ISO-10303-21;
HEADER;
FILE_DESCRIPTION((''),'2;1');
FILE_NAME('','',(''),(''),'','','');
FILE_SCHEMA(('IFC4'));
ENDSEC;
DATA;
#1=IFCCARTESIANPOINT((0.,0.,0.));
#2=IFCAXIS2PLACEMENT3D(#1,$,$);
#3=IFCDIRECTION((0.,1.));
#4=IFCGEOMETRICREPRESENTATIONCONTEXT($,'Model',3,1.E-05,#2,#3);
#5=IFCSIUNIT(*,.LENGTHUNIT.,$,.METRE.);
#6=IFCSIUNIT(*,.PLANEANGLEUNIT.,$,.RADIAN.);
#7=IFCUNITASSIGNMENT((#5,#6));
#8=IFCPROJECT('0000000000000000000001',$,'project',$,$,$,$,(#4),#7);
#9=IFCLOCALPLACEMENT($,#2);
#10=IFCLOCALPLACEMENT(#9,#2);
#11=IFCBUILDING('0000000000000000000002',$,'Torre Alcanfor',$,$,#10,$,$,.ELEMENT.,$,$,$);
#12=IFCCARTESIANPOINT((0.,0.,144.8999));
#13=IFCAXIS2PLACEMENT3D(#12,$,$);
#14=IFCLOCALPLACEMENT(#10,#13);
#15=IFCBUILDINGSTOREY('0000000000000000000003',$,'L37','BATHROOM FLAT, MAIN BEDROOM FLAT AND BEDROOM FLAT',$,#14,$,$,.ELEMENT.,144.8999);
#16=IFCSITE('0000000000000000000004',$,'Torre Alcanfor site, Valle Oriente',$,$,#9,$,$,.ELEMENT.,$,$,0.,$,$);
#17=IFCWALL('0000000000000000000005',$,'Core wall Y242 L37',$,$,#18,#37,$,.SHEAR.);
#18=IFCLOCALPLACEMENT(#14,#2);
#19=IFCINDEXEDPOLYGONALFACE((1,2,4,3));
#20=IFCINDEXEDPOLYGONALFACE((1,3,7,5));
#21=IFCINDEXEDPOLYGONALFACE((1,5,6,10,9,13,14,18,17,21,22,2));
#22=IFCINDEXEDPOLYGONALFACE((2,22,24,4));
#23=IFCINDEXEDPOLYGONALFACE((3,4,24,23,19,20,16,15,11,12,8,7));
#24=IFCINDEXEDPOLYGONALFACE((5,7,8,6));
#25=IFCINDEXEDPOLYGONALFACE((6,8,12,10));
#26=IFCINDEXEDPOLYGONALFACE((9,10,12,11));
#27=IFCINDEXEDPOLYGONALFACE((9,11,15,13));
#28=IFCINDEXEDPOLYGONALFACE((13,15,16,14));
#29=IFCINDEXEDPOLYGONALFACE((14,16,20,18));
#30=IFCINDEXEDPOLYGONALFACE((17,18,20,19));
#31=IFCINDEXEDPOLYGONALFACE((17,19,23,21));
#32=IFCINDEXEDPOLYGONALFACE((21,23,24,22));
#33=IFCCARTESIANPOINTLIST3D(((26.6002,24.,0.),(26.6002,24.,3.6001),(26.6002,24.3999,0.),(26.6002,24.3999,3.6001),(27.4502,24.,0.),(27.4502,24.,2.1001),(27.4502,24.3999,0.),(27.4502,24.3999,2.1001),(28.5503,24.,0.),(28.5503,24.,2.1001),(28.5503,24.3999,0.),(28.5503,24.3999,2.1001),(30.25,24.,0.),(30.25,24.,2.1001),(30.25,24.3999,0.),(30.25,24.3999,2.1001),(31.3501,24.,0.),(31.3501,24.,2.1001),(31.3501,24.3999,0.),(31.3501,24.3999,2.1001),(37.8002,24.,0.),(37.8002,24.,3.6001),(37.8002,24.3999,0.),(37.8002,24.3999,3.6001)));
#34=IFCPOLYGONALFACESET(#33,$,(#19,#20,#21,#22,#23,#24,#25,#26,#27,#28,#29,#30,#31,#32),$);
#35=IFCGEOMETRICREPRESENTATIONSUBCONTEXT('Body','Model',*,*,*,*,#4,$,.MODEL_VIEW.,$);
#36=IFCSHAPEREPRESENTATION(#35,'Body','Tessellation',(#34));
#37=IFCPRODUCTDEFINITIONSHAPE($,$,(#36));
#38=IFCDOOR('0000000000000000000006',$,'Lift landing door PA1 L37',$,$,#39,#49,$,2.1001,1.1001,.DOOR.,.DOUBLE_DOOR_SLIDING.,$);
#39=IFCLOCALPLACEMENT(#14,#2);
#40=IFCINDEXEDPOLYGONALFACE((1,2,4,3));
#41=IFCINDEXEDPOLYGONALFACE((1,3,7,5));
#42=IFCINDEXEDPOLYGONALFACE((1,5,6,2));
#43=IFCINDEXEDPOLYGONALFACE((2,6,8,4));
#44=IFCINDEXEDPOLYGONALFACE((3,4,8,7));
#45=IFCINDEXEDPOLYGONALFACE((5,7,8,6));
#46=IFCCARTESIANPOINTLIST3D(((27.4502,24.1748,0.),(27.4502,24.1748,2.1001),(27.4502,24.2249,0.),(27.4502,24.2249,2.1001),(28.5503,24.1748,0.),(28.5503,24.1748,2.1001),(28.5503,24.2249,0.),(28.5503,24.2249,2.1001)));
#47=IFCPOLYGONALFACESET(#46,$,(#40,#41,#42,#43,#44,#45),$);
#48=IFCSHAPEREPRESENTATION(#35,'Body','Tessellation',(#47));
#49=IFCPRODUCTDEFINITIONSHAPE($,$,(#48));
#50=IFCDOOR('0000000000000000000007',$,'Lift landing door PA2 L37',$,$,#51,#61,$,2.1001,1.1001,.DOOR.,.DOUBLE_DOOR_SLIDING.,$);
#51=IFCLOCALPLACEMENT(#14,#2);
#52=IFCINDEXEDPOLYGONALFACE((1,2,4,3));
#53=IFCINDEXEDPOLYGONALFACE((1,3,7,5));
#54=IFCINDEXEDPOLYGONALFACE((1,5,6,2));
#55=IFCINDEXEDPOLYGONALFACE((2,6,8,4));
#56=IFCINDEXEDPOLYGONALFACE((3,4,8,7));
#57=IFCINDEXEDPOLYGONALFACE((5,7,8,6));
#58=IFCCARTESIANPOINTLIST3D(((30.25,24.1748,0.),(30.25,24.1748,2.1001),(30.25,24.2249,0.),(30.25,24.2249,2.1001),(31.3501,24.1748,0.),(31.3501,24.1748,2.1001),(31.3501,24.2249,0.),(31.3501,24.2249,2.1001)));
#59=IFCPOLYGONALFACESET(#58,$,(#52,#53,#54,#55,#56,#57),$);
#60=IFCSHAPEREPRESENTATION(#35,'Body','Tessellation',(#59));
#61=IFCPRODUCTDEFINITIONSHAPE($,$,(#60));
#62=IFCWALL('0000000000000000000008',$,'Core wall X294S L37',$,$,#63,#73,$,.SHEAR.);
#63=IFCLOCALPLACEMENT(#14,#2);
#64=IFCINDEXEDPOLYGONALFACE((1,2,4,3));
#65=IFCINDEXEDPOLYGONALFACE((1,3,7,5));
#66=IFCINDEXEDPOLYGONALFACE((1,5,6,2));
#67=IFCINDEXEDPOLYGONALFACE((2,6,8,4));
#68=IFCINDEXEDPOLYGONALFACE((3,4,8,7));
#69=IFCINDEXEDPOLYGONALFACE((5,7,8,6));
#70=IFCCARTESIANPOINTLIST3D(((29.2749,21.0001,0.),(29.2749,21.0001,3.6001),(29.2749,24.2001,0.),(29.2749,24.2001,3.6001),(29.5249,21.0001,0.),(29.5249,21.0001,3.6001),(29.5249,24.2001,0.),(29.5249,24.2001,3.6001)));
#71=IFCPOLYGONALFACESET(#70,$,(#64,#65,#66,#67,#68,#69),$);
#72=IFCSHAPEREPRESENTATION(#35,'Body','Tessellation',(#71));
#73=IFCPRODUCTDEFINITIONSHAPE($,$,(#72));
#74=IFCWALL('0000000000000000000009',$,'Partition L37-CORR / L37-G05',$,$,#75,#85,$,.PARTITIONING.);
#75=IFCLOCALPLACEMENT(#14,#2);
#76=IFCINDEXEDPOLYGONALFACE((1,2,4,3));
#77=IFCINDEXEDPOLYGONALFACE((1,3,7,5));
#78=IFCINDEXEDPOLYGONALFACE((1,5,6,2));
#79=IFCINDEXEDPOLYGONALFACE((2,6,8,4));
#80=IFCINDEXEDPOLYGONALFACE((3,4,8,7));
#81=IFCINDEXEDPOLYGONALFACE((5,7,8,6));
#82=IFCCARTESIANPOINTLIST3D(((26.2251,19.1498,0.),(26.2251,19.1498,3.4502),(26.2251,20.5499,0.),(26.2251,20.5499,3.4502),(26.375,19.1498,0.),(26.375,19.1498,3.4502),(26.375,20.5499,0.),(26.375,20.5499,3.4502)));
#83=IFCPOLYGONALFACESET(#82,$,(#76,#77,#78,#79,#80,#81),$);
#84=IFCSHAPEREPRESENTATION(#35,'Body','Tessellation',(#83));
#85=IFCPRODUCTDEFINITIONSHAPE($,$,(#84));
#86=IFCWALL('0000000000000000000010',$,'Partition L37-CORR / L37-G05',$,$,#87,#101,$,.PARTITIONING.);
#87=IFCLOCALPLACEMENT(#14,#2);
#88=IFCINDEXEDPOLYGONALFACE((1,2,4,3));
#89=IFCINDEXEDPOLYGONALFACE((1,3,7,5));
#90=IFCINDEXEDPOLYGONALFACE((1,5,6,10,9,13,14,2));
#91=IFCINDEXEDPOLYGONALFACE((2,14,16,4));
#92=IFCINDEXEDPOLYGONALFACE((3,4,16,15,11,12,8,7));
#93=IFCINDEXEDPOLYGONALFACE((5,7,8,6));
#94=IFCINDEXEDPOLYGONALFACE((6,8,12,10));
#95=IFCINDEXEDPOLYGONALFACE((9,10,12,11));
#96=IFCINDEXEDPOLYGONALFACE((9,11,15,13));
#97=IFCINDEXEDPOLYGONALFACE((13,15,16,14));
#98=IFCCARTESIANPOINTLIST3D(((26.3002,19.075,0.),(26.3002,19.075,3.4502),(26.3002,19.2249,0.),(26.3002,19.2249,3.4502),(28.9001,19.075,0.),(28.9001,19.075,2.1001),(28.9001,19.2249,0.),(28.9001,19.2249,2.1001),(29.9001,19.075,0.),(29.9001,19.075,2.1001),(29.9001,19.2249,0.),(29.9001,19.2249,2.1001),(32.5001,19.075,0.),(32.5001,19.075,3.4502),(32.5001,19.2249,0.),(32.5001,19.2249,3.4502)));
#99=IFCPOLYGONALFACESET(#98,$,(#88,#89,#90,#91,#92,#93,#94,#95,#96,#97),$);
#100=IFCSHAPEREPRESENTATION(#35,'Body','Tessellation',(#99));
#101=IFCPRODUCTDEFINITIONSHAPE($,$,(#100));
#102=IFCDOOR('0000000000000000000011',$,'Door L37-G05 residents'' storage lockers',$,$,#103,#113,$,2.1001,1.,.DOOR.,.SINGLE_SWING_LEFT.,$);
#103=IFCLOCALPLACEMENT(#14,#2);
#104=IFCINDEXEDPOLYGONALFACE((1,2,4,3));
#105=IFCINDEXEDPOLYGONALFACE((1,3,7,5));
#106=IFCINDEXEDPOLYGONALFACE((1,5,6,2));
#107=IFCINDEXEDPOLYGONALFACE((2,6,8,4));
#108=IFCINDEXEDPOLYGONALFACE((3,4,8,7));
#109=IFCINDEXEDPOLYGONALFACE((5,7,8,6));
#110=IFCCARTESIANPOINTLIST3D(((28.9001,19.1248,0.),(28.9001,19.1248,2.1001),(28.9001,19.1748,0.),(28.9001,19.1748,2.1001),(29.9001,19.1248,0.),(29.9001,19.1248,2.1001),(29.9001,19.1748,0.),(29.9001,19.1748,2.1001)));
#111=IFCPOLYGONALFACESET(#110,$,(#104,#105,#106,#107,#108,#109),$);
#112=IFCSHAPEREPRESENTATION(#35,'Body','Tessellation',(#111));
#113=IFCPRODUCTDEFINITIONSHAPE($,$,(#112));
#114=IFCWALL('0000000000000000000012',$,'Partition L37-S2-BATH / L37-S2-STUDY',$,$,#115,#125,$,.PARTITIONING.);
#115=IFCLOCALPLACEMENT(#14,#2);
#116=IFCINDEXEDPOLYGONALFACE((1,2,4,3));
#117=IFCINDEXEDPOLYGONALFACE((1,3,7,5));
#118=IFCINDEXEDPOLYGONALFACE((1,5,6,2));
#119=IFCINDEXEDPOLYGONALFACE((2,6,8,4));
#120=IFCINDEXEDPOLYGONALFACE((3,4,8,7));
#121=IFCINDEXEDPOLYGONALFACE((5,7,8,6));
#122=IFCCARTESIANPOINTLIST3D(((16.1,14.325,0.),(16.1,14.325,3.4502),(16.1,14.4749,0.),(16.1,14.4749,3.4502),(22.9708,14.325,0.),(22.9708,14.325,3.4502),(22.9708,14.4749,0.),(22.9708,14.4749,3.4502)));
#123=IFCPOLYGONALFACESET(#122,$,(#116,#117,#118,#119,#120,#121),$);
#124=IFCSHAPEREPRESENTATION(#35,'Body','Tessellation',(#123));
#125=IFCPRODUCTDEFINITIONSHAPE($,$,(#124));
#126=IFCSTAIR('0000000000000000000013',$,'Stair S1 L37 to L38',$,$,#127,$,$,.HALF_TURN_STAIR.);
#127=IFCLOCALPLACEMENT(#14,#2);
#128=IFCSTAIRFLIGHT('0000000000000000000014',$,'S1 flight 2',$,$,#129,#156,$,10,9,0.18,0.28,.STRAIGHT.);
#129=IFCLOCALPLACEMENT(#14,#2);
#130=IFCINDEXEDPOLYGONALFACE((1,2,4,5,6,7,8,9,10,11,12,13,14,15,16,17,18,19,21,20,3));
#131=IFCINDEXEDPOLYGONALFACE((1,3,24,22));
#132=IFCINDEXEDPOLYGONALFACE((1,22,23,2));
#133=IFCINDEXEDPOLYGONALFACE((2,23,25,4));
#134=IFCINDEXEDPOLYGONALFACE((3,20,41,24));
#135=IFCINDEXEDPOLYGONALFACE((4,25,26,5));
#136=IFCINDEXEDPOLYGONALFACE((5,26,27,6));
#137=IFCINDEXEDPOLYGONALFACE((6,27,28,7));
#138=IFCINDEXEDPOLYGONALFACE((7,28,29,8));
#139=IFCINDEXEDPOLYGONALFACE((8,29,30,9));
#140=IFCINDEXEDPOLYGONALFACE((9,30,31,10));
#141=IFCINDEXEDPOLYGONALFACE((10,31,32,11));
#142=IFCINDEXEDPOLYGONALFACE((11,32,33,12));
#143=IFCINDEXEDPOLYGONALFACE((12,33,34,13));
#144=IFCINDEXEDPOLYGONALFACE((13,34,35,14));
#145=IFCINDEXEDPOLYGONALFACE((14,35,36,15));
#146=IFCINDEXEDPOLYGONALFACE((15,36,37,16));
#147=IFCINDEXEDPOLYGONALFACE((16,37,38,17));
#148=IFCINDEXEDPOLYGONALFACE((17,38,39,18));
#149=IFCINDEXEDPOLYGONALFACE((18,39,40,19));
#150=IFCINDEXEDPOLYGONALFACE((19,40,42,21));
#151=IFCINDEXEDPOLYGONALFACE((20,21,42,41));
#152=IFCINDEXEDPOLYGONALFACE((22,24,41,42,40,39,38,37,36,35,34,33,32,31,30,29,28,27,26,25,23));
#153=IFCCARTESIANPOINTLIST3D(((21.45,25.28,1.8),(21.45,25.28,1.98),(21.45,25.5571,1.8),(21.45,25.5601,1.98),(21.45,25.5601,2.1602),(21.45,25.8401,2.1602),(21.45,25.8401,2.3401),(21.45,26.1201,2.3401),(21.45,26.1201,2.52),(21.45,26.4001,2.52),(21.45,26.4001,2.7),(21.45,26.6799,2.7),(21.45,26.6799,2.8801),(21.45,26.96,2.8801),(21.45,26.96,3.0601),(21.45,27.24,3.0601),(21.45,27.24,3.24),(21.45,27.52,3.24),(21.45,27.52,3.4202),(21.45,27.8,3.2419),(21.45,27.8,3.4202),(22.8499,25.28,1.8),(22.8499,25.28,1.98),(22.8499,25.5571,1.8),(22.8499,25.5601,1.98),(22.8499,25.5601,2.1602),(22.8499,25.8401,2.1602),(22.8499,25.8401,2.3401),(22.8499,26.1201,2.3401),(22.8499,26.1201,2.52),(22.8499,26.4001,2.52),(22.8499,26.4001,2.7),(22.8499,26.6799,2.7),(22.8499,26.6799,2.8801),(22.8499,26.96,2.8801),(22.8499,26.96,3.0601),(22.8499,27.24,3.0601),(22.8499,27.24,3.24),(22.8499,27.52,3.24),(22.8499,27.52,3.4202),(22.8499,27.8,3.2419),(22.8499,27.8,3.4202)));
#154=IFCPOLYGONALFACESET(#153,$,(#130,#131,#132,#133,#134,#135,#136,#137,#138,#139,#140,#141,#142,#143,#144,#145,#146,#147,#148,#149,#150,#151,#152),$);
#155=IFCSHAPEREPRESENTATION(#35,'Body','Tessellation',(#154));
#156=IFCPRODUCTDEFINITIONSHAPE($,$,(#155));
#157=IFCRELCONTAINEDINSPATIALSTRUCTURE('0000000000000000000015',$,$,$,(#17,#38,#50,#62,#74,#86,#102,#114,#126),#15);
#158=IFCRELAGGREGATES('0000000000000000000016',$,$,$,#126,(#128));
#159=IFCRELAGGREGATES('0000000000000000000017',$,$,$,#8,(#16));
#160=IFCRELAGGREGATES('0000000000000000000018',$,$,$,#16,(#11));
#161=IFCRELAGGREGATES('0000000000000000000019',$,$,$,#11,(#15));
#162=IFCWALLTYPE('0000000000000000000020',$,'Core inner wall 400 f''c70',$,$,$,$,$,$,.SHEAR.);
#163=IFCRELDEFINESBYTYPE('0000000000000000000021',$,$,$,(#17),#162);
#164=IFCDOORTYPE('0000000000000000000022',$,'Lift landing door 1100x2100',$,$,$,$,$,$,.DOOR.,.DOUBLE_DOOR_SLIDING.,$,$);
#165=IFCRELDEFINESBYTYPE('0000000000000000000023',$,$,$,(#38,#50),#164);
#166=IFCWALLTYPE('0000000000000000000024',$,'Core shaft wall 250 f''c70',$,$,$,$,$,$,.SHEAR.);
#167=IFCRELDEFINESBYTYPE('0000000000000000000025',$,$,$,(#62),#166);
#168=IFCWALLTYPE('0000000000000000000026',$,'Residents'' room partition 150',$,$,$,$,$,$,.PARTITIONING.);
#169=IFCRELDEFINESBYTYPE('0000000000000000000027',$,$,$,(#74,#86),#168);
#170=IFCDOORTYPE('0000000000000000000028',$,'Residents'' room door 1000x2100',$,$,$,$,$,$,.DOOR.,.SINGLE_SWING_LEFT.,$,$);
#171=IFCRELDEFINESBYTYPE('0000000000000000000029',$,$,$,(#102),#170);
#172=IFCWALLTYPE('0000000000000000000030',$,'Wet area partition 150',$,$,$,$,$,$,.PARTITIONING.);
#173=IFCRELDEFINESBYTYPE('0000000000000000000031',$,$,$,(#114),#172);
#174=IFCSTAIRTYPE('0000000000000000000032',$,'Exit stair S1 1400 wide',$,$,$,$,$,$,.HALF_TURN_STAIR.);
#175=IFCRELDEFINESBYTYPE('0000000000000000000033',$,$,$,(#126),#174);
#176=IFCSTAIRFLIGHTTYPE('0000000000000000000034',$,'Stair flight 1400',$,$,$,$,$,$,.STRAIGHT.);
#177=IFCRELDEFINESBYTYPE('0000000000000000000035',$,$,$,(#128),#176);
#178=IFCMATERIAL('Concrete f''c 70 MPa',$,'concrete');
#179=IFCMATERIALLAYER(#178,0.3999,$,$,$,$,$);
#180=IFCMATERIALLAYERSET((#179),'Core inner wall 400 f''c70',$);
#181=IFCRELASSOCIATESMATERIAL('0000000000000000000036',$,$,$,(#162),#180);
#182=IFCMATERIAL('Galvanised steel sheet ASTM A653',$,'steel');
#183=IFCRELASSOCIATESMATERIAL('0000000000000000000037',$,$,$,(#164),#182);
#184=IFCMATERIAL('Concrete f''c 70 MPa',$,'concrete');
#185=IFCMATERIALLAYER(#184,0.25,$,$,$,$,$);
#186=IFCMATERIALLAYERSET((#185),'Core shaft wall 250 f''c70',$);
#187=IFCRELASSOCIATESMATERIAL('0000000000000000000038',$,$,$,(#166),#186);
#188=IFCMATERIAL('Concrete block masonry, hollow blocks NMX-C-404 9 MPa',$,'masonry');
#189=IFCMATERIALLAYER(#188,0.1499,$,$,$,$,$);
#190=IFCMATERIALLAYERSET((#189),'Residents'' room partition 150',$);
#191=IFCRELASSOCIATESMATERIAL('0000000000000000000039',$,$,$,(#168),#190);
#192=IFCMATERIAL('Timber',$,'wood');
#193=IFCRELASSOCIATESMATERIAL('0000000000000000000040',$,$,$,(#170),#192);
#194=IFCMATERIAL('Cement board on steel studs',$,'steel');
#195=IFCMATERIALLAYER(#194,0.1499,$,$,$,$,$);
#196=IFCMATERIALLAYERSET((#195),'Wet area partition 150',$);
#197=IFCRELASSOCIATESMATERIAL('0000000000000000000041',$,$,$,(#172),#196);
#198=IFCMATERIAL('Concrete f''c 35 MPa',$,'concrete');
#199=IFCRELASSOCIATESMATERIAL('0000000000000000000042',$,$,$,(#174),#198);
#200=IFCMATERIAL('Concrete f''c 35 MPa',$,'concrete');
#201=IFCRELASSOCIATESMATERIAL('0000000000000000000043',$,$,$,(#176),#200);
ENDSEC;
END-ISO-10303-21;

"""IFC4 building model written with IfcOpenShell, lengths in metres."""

from ifc_helpers import new_model, si_unit, direction, frame, frame_2d, origin, place, context, subcontext, project, spatial, polyline, rectangle, outline, extrude, material, layer, layer_set, type_object, element, fill, aggregate, save


model = new_model("IFC4")

# Units and contexts
model_context = context("Model", 3, precision=1e-05, world=origin(), true_north=direction((0.0, 1.0)))
body_context = subcontext(model_context, "Body", "Model", "MODEL_VIEW")
ifc_project = project(units=[si_unit("LENGTHUNIT", "METRE"), si_unit("PLANEANGLEUNIT", "RADIAN")], contexts=[model_context])

# Site, building, storey
site_placement = place(None, origin())
site = spatial("IfcSite", under=ifc_project, at=site_placement, Name="Torre Alcanfor site, Valle Oriente", CompositionType="ELEMENT", RefElevation=0.0)
building_placement = place(site_placement, origin())
building = spatial("IfcBuilding", under=site, at=building_placement, Name="Torre Alcanfor", CompositionType="ELEMENT")
storey_placement = place(building_placement, frame((0.0, 0.0, 144.8999)))
storey = spatial("IfcBuildingStorey", under=building, at=storey_placement, Name="L37", Description="BATHROOM FLAT, MAIN BEDROOM FLAT AND BEDROOM FLAT", CompositionType="ELEMENT", Elevation=144.8999)

# Shared definitions
ifc_material_1 = material(Name="Concrete f'c 70 MPa", Category="concrete")
ifc_layer_1 = layer(ifc_material_1, 0.3999)
ifc_layer_set_1 = layer_set([ifc_layer_1], Name="Core inner wall 400 f'c70")
wall_type_1 = type_object("IfcWallType", Name="Core inner wall 400 f'c70", PredefinedType="SHEAR", material=ifc_layer_set_1)

# Wall, openings, doors
wall_1_placement = place(storey_placement, frame((26.6001, 24.2, 0.0), z_axis=(0.0, 0.0, 1.0), x_axis=(1.0, 0.0, 0.0)))
wall_1 = element("IfcWall", 1, at=wall_1_placement, inside=storey, type_object=wall_type_1, Name="Core wall Y242 L37", PredefinedType="SHEAR", context=body_context, shape_type="SweptSolid", body=[
    extrude(rectangle(XDim=11.2, YDim=0.3999, at=frame_2d((5.6001, 0.0))), origin(), (0.0, 0.0, 1.0), 3.6001),
])
opening_1_placement = place(wall_1_placement, frame((0.8501, 0.0, 0.0)))
opening_1 = element("IfcOpeningElement", 2, at=opening_1_placement, cuts=wall_1, PredefinedType="OPENING", context=body_context, shape_type="SweptSolid", body=[
    extrude(rectangle(XDim=1.1001, YDim=2.1001, at=frame_2d((0.55, 1.05))), frame((0.0, 0.21, 0.0), z_axis=(0.0, -1.0, 0.0), x_axis=(1.0, 0.0, 0.0)), (0.0, 0.0, 1.0), 0.4199),
])
opening_2_placement = place(wall_1_placement, frame((3.6499, 0.0, 0.0)))
opening_2 = element("IfcOpeningElement", 3, at=opening_2_placement, cuts=wall_1, PredefinedType="OPENING", context=body_context, shape_type="SweptSolid", body=[
    extrude(rectangle(XDim=1.1001, YDim=2.1001, at=frame_2d((0.55, 1.05))), frame((0.0, 0.21, 0.0), z_axis=(0.0, -1.0, 0.0), x_axis=(1.0, 0.0, 0.0)), (0.0, 0.0, 1.0), 0.4199),
])
ifc_material_2 = material(Name="Galvanised steel sheet ASTM A653", Category="steel")
door_type_1 = type_object("IfcDoorType", Name="Lift landing door 1100x2100", OperationType="DOUBLE_DOOR_SLIDING", PredefinedType="DOOR", material=ifc_material_2)
door_1_placement = place(opening_1_placement, origin())
door_1 = element("IfcDoor", 4, at=door_1_placement, inside=storey, type_object=door_type_1, Name="Lift landing door PA1 L37", OperationType="DOUBLE_DOOR_SLIDING", OverallHeight=2.1001, OverallWidth=1.1001, PredefinedType="DOOR", context=body_context, shape_type="SweptSolid", body=[
    extrude(rectangle(XDim=1.1001, YDim=2.1001, at=frame_2d((0.55, 1.05))), frame((0.0, 0.0249, 0.0), z_axis=(0.0, -1.0, 0.0), x_axis=(1.0, 0.0, 0.0)), (0.0, 0.0, 1.0), 0.05),
])
fill(opening_1, door_1)
door_2_placement = place(opening_2_placement, origin())
door_2 = element("IfcDoor", 5, at=door_2_placement, inside=storey, type_object=door_type_1, Name="Lift landing door PA2 L37", OperationType="DOUBLE_DOOR_SLIDING", OverallHeight=2.1001, OverallWidth=1.1001, PredefinedType="DOOR", context=body_context, shape_type="SweptSolid", body=[
    extrude(rectangle(XDim=1.1001, YDim=2.1001, at=frame_2d((0.55, 1.05))), frame((0.0, 0.0249, 0.0), z_axis=(0.0, -1.0, 0.0), x_axis=(1.0, 0.0, 0.0)), (0.0, 0.0, 1.0), 0.05),
])
fill(opening_2, door_2)

# Walls
ifc_material_3 = material(Name="Concrete f'c 70 MPa", Category="concrete")
ifc_layer_2 = layer(ifc_material_3, 0.25)
ifc_layer_set_2 = layer_set([ifc_layer_2], Name="Core shaft wall 250 f'c70")
wall_type_2 = type_object("IfcWallType", Name="Core shaft wall 250 f'c70", PredefinedType="SHEAR", material=ifc_layer_set_2)
wall_2_placement = place(storey_placement, frame((29.3999, 21.0, 0.0), z_axis=(0.0, 0.0, 1.0), x_axis=(0.0, 1.0, 0.0)))
element("IfcWall", 6, at=wall_2_placement, inside=storey, type_object=wall_type_2, Name="Core wall X294S L37", PredefinedType="SHEAR", context=body_context, shape_type="SweptSolid", body=[
    extrude(rectangle(XDim=3.2, YDim=0.25, at=frame_2d((1.6001, 0.0))), origin(), (0.0, 0.0, 1.0), 3.6001),
])
ifc_material_4 = material(Name="Concrete block masonry, hollow blocks NMX-C-404 9 MPa", Category="masonry")
ifc_layer_3 = layer(ifc_material_4, 0.1499)
ifc_layer_set_3 = layer_set([ifc_layer_3], Name="Residents' room partition 150")
wall_type_3 = type_object("IfcWallType", Name="Residents' room partition 150", PredefinedType="PARTITIONING", material=ifc_layer_set_3)
wall_3_placement = place(storey_placement, frame((26.3, 20.55, 0.0), z_axis=(0.0, 0.0, 1.0), x_axis=(0.0, -1.0, 0.0)))
element("IfcWall", 7, at=wall_3_placement, inside=storey, type_object=wall_type_3, Name="Partition L37-CORR / L37-G05", PredefinedType="PARTITIONING", context=body_context, shape_type="SweptSolid", body=[
    extrude(rectangle(XDim=1.4001, YDim=0.1499, at=frame_2d((0.7002, 0.0))), origin(), (0.0, 0.0, 1.0), 3.4502),
])

# Wall, opening, door
wall_4_placement = place(storey_placement, frame((26.3, 19.1499, 0.0), z_axis=(0.0, 0.0, 1.0), x_axis=(1.0, 0.0, 0.0)))
wall_4 = element("IfcWall", 8, at=wall_4_placement, inside=storey, type_object=wall_type_3, Name="Partition L37-CORR / L37-G05", PredefinedType="PARTITIONING", context=body_context, shape_type="SweptSolid", body=[
    extrude(rectangle(XDim=6.2, YDim=0.1499, at=frame_2d((3.1001, 0.0))), origin(), (0.0, 0.0, 1.0), 3.4502),
])
opening_3_placement = place(wall_4_placement, frame((2.6001, 0.0, 0.0)))
opening_3 = element("IfcOpeningElement", 9, at=opening_3_placement, cuts=wall_4, PredefinedType="OPENING", context=body_context, shape_type="SweptSolid", body=[
    extrude(rectangle(XDim=1.0, YDim=2.1001, at=frame_2d((0.5, 1.05))), frame((0.0, 0.085, 0.0), z_axis=(0.0, -1.0, 0.0), x_axis=(1.0, 0.0, 0.0)), (0.0, 0.0, 1.0), 0.1699),
])
ifc_material_5 = material(Name="Timber", Category="wood")
door_type_2 = type_object("IfcDoorType", Name="Residents' room door 1000x2100", OperationType="SINGLE_SWING_LEFT", PredefinedType="DOOR", material=ifc_material_5)
door_3_placement = place(opening_3_placement, origin())
door_3 = element("IfcDoor", 10, at=door_3_placement, inside=storey, type_object=door_type_2, Name="Door L37-G05 residents' storage lockers", OperationType="SINGLE_SWING_LEFT", OverallHeight=2.1001, OverallWidth=1.0, PredefinedType="DOOR", context=body_context, shape_type="SweptSolid", body=[
    extrude(rectangle(XDim=1.0, YDim=2.1001, at=frame_2d((0.5, 1.05))), frame((0.0, 0.0249, 0.0), z_axis=(0.0, -1.0, 0.0), x_axis=(1.0, 0.0, 0.0)), (0.0, 0.0, 1.0), 0.05),
])
fill(opening_3, door_3)

# Wall
ifc_material_6 = material(Name="Cement board on steel studs", Category="steel")
ifc_layer_4 = layer(ifc_material_6, 0.1499)
ifc_layer_set_4 = layer_set([ifc_layer_4], Name="Wet area partition 150")
wall_type_4 = type_object("IfcWallType", Name="Wet area partition 150", PredefinedType="PARTITIONING", material=ifc_layer_set_4)
wall_5_placement = place(storey_placement, frame((22.9709, 14.3999, 0.0), z_axis=(0.0, 0.0, 1.0), x_axis=(-1.0, 0.0, 0.0)))
element("IfcWall", 11, at=wall_5_placement, inside=storey, type_object=wall_type_4, Name="Partition L37-S2-BATH / L37-S2-STUDY", PredefinedType="PARTITIONING", context=body_context, shape_type="SweptSolid", body=[
    extrude(rectangle(XDim=6.8708, YDim=0.1499, at=frame_2d((3.4355, 0.0))), origin(), (0.0, 0.0, 1.0), 3.4502),
])

# Stair, stair flight
ifc_material_7 = material(Name="Concrete f'c 35 MPa", Category="concrete")
stair_type = type_object("IfcStairType", Name="Exit stair S1 1400 wide", PredefinedType="HALF_TURN_STAIR", material=ifc_material_7)
stair_placement = place(storey_placement, origin())
stair = element("IfcStair", 12, at=stair_placement, inside=storey, type_object=stair_type, Name="Stair S1 L37 to L38", PredefinedType="HALF_TURN_STAIR")
ifc_material_8 = material(Name="Concrete f'c 35 MPa", Category="concrete")
stair_flight_type = type_object("IfcStairFlightType", Name="Stair flight 1400", PredefinedType="STRAIGHT", material=ifc_material_8)
stair_flight_placement = place(storey_placement, frame((22.1499, 25.28, 1.8), z_axis=(0.0, 0.0, 1.0), x_axis=(0.0, 1.0, 0.0)))
stair_flight = element("IfcStairFlight", 13, at=stair_flight_placement, type_object=stair_flight_type, Name="S1 flight 2", NumberOfRisers=10, NumberOfTreads=9, PredefinedType="STRAIGHT", RiserHeight=0.18, TreadLength=0.28, context=body_context, shape_type="SweptSolid", body=[
    extrude(outline(polyline([(0.0, 0.0), (0.0, 0.1799), (0.28, 0.1799), (0.28, 0.3601), (0.5601, 0.3601), (0.5601, 0.54), (0.8401, 0.54), (0.8401, 0.72), (1.1201, 0.72), (1.1201, 0.8999), (1.3999, 0.8999), (1.3999, 1.0801), (1.6799, 1.0801), (1.6799, 1.26), (1.96, 1.26), (1.96, 1.4399), (2.24, 1.4399), (2.24, 1.6201), (2.52, 1.6201), (2.52, 1.8), (2.52, 1.4419), (0.2771, 0.0), (0.0, 0.0)])), frame((0.0, 0.7, 0.0), z_axis=(0.0, -1.0, 0.0), x_axis=(1.0, 0.0, 0.0)), (0.0, 0.0, 1.0), 1.3999),
])
aggregate(stair, [stair_flight])

save(model, "model.ifc")
